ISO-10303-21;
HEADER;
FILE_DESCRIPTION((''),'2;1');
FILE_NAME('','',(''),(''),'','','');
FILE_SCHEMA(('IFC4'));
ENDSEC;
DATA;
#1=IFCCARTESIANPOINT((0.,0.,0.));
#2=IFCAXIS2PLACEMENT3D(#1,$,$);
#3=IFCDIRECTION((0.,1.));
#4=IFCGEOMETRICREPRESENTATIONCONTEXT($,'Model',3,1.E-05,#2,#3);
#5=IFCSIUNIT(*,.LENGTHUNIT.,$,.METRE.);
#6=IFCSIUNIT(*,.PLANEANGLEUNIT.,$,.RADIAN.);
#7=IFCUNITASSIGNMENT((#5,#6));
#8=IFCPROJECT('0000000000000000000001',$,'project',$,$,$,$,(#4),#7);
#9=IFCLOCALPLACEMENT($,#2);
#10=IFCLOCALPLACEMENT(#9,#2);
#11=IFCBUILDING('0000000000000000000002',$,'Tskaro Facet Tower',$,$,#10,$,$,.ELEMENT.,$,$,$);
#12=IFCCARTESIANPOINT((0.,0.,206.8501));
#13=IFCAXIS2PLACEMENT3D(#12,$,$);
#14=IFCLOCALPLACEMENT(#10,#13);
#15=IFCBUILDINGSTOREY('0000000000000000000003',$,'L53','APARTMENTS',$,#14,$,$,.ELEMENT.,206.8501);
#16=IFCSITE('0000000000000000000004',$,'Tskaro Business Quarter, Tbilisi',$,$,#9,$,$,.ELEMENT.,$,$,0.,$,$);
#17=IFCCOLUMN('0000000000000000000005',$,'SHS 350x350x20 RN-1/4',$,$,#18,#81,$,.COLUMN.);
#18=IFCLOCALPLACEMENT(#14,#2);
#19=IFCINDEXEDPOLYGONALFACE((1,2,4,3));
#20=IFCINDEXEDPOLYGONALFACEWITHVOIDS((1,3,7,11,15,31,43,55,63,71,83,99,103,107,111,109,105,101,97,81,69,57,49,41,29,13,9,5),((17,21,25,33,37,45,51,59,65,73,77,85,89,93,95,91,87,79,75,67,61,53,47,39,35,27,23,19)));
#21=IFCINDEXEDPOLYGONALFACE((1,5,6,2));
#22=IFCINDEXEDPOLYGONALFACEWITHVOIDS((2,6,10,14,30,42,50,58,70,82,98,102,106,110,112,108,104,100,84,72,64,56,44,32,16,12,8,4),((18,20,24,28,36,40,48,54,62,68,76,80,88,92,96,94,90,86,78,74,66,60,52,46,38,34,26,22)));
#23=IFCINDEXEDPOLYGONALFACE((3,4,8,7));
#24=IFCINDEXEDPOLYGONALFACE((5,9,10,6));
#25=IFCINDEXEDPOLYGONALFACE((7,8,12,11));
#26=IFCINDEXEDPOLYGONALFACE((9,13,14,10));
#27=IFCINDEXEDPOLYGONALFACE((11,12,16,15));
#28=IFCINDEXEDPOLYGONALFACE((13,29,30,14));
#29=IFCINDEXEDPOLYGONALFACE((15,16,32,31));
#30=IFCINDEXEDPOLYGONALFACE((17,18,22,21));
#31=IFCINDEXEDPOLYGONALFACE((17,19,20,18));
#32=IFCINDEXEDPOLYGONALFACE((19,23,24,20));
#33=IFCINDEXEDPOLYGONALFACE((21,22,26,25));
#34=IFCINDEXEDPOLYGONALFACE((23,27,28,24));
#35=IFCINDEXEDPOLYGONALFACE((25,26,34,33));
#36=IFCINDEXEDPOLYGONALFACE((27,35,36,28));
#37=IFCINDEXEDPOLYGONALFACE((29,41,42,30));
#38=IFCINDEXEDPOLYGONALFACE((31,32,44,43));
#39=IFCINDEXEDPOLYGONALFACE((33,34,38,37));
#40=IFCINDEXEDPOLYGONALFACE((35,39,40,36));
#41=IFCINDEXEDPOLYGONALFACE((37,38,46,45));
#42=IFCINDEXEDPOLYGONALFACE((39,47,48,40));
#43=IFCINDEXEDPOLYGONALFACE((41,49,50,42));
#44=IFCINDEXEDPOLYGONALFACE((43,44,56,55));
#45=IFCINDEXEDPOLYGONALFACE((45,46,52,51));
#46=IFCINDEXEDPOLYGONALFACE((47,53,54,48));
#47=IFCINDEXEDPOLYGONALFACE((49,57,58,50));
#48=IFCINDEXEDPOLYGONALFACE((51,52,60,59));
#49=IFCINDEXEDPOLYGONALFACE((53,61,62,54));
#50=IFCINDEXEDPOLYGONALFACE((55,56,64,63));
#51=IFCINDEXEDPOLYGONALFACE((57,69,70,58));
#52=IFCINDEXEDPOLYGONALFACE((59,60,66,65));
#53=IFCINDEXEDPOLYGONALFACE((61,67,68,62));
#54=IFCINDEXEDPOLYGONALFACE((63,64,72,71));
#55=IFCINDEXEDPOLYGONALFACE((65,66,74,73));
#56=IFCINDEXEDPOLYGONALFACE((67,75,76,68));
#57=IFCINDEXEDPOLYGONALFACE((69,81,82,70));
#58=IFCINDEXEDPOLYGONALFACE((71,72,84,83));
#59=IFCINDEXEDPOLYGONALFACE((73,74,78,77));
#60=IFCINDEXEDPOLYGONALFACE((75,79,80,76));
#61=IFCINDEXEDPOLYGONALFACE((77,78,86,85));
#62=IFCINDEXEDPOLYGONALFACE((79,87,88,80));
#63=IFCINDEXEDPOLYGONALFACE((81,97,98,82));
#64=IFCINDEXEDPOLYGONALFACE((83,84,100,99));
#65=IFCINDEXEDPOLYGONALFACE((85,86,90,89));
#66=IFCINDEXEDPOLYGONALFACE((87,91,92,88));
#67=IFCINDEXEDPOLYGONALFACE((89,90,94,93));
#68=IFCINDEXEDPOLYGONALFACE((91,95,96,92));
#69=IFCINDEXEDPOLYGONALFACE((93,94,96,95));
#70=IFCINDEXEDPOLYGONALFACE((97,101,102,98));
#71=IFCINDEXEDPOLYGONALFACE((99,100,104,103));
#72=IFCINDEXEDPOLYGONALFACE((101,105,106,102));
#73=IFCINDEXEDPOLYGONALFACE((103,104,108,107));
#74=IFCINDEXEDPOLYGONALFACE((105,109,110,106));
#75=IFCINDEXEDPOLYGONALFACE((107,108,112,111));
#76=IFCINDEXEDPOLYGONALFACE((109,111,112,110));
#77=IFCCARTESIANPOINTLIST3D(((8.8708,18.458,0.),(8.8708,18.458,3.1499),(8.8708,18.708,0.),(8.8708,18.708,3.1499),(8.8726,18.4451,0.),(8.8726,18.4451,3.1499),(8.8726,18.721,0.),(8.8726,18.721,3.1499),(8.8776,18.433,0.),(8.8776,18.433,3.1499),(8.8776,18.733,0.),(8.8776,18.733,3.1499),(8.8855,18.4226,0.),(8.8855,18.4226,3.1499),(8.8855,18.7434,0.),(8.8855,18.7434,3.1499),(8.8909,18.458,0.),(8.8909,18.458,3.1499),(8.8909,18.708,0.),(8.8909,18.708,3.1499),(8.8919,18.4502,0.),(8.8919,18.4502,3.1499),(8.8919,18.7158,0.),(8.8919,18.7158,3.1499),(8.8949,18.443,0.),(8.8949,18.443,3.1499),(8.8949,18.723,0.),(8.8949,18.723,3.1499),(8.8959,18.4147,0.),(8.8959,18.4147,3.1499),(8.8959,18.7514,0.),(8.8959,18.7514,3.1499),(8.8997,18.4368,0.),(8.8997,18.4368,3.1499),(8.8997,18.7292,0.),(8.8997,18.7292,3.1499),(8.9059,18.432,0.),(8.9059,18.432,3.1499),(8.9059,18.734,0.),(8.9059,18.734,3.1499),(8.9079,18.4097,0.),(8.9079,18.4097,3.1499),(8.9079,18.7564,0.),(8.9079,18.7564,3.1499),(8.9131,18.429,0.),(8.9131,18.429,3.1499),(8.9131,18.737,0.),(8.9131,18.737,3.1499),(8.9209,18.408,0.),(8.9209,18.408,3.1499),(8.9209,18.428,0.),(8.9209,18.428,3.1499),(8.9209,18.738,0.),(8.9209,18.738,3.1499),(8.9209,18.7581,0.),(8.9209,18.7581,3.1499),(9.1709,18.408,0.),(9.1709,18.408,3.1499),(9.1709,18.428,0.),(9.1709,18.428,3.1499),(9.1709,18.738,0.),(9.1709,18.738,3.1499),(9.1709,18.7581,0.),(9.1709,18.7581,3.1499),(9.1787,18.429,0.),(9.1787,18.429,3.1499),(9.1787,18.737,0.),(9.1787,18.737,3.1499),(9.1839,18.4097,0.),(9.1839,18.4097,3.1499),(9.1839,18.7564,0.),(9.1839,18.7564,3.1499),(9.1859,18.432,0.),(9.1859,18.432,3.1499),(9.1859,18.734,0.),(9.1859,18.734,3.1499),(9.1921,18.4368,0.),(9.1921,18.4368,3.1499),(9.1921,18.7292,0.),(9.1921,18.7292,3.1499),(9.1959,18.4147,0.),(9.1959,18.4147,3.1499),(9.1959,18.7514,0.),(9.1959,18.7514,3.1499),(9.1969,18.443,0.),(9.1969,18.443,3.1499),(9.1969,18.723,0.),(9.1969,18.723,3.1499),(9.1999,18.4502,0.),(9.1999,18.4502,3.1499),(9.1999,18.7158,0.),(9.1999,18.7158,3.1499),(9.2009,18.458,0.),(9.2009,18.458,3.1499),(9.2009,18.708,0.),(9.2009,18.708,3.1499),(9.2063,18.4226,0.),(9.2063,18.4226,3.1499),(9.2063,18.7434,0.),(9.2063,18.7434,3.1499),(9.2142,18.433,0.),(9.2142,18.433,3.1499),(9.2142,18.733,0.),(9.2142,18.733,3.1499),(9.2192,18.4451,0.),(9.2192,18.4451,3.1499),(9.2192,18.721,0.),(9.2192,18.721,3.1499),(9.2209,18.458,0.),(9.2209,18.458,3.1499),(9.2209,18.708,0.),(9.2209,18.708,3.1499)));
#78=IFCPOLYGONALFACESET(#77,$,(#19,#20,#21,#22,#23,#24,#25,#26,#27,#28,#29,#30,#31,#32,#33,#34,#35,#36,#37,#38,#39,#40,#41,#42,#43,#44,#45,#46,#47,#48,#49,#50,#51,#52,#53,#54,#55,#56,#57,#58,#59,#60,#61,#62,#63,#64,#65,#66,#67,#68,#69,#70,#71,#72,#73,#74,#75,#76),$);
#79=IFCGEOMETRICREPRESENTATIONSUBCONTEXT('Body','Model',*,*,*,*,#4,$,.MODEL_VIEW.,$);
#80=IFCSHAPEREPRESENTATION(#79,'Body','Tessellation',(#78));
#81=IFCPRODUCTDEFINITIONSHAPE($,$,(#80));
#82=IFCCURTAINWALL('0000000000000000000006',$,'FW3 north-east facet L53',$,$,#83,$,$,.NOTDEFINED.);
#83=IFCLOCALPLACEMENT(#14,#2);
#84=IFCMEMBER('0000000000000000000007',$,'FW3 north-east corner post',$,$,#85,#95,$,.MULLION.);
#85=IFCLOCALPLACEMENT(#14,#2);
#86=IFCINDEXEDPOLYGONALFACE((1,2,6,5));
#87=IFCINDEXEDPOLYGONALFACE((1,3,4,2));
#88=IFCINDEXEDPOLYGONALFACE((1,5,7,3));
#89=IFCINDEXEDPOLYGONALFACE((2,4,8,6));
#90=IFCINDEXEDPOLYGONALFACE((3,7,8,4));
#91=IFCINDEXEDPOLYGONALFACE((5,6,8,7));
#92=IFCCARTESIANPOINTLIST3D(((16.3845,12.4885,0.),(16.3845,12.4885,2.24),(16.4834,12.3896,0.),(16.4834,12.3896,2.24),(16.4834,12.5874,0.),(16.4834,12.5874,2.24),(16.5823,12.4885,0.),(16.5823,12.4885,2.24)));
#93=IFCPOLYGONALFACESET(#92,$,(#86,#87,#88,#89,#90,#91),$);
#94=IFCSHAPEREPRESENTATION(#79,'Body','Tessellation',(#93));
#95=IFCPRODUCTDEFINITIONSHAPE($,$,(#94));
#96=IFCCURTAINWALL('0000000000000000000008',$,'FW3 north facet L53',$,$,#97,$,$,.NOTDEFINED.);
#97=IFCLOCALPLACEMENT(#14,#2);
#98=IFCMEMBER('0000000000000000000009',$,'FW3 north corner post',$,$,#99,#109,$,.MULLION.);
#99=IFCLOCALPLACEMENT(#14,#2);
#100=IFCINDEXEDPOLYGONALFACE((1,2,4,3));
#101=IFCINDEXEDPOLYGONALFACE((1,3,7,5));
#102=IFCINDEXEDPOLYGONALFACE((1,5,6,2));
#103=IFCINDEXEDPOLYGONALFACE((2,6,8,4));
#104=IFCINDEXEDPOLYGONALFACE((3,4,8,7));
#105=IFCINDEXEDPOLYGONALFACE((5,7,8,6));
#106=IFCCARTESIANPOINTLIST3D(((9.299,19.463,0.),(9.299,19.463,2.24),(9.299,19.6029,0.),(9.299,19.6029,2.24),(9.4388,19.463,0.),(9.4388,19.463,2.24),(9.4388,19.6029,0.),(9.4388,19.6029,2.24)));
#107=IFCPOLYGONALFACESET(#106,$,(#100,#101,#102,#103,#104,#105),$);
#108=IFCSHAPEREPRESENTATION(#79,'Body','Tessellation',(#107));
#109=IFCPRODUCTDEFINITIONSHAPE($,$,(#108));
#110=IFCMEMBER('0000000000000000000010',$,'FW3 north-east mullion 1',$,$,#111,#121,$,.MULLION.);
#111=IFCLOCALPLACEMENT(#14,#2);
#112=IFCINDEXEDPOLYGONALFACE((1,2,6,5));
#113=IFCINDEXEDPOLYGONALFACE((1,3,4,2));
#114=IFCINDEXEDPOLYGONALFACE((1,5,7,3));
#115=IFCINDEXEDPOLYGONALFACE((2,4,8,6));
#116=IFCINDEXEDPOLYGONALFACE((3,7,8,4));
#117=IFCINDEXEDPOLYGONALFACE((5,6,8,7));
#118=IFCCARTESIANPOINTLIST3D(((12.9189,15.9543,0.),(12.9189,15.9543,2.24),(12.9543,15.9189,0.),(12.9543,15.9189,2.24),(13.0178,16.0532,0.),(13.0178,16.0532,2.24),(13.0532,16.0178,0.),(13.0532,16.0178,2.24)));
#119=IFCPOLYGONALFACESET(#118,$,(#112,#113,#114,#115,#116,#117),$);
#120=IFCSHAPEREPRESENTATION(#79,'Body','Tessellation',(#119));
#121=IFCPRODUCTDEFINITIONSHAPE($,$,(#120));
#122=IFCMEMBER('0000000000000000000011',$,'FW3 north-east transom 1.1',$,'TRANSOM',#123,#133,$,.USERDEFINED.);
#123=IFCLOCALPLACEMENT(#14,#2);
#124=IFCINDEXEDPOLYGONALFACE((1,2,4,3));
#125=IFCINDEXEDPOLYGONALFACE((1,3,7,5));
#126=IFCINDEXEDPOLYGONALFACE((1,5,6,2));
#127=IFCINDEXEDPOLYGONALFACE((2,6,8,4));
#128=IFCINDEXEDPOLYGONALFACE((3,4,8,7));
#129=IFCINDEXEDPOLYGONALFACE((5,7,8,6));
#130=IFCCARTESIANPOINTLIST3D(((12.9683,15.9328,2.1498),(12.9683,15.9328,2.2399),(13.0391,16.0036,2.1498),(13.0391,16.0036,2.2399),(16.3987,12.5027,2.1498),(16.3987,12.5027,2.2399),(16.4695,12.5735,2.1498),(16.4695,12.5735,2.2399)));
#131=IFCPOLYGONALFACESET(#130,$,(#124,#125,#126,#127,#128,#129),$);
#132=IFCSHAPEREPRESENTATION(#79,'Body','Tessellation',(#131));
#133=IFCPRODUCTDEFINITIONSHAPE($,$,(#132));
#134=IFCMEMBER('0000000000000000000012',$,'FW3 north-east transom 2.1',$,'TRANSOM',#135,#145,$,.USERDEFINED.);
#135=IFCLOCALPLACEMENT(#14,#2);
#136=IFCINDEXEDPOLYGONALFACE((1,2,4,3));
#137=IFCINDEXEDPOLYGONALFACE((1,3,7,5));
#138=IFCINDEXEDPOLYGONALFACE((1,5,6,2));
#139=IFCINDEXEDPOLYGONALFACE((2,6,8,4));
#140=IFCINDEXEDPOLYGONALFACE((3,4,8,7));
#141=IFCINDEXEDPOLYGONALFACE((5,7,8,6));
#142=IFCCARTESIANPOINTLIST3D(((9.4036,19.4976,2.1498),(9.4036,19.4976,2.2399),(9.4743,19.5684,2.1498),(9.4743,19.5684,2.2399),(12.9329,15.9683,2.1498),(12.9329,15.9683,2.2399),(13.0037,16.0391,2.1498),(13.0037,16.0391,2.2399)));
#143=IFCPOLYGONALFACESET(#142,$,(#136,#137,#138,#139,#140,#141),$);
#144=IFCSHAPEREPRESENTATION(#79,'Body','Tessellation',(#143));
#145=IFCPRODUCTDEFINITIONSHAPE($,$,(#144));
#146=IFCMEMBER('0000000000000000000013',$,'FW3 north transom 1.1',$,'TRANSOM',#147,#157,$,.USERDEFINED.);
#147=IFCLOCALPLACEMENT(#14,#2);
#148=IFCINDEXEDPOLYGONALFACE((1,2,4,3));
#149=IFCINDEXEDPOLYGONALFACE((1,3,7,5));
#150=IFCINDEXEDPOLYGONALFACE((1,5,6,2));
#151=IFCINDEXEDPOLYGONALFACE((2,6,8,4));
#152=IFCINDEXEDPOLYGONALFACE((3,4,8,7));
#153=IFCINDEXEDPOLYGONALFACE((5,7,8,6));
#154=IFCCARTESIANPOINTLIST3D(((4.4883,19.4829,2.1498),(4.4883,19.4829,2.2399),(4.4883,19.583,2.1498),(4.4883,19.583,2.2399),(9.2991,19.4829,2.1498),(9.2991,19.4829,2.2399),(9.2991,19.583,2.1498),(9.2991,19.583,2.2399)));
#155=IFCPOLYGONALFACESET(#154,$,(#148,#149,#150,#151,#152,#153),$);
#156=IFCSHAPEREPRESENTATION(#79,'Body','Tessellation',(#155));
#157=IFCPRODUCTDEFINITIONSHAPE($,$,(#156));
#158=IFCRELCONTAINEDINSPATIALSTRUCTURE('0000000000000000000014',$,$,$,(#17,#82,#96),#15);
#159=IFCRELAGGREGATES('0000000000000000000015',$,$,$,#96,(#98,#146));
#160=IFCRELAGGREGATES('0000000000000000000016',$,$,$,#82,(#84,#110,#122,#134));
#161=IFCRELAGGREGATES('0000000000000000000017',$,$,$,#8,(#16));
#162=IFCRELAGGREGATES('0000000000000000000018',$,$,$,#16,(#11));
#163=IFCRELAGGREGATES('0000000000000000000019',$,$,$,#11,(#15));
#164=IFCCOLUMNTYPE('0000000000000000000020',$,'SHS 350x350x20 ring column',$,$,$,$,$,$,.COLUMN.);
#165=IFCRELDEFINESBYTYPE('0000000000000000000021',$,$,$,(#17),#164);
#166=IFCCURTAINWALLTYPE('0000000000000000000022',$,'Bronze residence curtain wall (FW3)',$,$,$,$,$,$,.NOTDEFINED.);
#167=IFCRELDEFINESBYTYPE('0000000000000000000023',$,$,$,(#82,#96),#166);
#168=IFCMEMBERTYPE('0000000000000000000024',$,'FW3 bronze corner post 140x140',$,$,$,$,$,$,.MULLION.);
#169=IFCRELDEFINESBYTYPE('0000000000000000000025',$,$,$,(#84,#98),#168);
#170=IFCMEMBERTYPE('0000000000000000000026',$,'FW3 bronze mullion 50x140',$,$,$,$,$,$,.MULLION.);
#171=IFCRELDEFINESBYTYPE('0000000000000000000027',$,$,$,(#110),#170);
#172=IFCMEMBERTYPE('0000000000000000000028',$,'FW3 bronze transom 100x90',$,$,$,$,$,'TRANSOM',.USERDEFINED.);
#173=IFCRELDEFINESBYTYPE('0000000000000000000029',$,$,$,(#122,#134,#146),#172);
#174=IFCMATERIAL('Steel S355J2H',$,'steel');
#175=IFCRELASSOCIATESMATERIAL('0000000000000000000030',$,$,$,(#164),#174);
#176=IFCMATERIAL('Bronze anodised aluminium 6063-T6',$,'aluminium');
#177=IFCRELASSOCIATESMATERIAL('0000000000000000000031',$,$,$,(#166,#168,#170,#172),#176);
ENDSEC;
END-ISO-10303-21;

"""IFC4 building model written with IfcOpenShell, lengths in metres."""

from ifc_helpers import new_model, si_unit, direction, frame, origin, origin_2d, place, context, subcontext, project, spatial, rectangle, hollow_rectangle, extrude, material, material_profile, profile_set, type_object, element, aggregate, save


model = new_model("IFC4")

# Units and contexts
model_context = context("Model", 3, precision=1e-05, world=origin(), true_north=direction((0.0, 1.0)))
body_context = subcontext(model_context, "Body", "Model", "MODEL_VIEW")
ifc_project = project(units=[si_unit("LENGTHUNIT", "METRE"), si_unit("PLANEANGLEUNIT", "RADIAN")], contexts=[model_context])

# Site, building, storey
site_placement = place(None, origin())
site = spatial("IfcSite", under=ifc_project, at=site_placement, Name="Tskaro Business Quarter, Tbilisi", CompositionType="ELEMENT", RefElevation=0.0)
building_placement = place(site_placement, origin())
building = spatial("IfcBuilding", under=site, at=building_placement, Name="Tskaro Facet Tower", CompositionType="ELEMENT")
storey_placement = place(building_placement, frame((0.0, 0.0, 206.8501)))
storey = spatial("IfcBuildingStorey", under=building, at=storey_placement, Name="L53", Description="APARTMENTS", CompositionType="ELEMENT", Elevation=206.8501)

# Column
ifc_material_1 = material(Name="Steel S355J2H", Category="steel")
ifc_material_profile_1 = material_profile(ifc_material_1, hollow_rectangle(XDim=0.3501, YDim=0.3501, WallThickness=0.02, InnerFilletRadius=0.03, OuterFilletRadius=0.05, at=origin_2d()), Name="SHS 350x350x20")
ifc_profile_set_1 = profile_set([ifc_material_profile_1], Name="Steel S355J2H")
column_type_1 = type_object("IfcColumnType", Name="SHS 350x350x20 ring column", PredefinedType="COLUMN", material=ifc_profile_set_1)
for number, where, z_axis, x_axis, name in (
    (1, (9.0459, 18.583, 0.0), (0.0, 0.0, 1.0), (1.0, 0.0, 0.0), "SHS 350x350x20 RN-1/4"),
):
    element("IfcColumn", number, at=place(storey_placement, frame(where, z_axis=z_axis, x_axis=x_axis)), inside=storey, type_object=column_type_1, Name=name, PredefinedType="COLUMN", context=body_context, shape_type="SweptSolid", body=[
        extrude(hollow_rectangle(XDim=0.3501, YDim=0.3501, WallThickness=0.02, InnerFilletRadius=0.03, OuterFilletRadius=0.05, at=origin_2d()), origin(), (0.0, 0.0, 1.0), 3.1499),
    ])

# Curtain walls, members
ifc_material_2 = material(Name="Bronze anodised aluminium 6063-T6", Category="aluminium")
curtain_wall_type = type_object("IfcCurtainWallType", Name="Bronze residence curtain wall (FW3)", PredefinedType="NOTDEFINED", material=ifc_material_2)
curtain_wall_1_placement = place(storey_placement, origin())
curtain_wall_1 = element("IfcCurtainWall", 2, at=curtain_wall_1_placement, inside=storey, type_object=curtain_wall_type, Name="FW3 north-east facet L53", PredefinedType="NOTDEFINED")
ifc_material_profile_2 = material_profile(ifc_material_2, rectangle(XDim=0.1399, YDim=0.1399, at=origin_2d()), Name="Corner post 140x140")
ifc_profile_set_2 = profile_set([ifc_material_profile_2], Name="Bronze anodised aluminium 6063-T6")
member_type_1 = type_object("IfcMemberType", Name="FW3 bronze corner post 140x140", PredefinedType="MULLION", material=ifc_profile_set_2)
member_1_placement = place(storey_placement, frame((16.4834, 12.4885, 0.0), z_axis=(0.0, 0.0, 1.0), x_axis=(-0.707107, 0.707107, 0.0)))
member_1 = element("IfcMember", 3, at=member_1_placement, type_object=member_type_1, Name="FW3 north-east corner post", PredefinedType="MULLION", context=body_context, shape_type="SweptSolid", body=[
    extrude(rectangle(XDim=0.1399, YDim=0.1399, at=origin_2d()), origin(), (0.0, 0.0, 1.0), 2.24),
])
curtain_wall_2_placement = place(storey_placement, origin())
curtain_wall_2 = element("IfcCurtainWall", 4, at=curtain_wall_2_placement, inside=storey, type_object=curtain_wall_type, Name="FW3 north facet L53", PredefinedType="NOTDEFINED")
member_2_placement = place(storey_placement, frame((9.3689, 19.533, 0.0), z_axis=(0.0, 0.0, 1.0), x_axis=(-1.0, 0.0, 0.0)))
member_2 = element("IfcMember", 5, at=member_2_placement, type_object=member_type_1, Name="FW3 north corner post", PredefinedType="MULLION", context=body_context, shape_type="SweptSolid", body=[
    extrude(rectangle(XDim=0.1399, YDim=0.1399, at=origin_2d()), origin(), (0.0, 0.0, 1.0), 2.24),
])

# Members
ifc_material_profile_3 = material_profile(ifc_material_2, rectangle(XDim=0.05, YDim=0.1399, at=origin_2d()), Name="Mullion 50x140")
ifc_profile_set_3 = profile_set([ifc_material_profile_3], Name="Bronze anodised aluminium 6063-T6")
member_type_2 = type_object("IfcMemberType", Name="FW3 bronze mullion 50x140", PredefinedType="MULLION", material=ifc_profile_set_3)
member_3_placement = place(storey_placement, frame((12.9861, 15.9861, 0.0), z_axis=(0.0, 0.0, 1.0), x_axis=(-0.707107, 0.707107, 0.0)))
member_3 = element("IfcMember", 6, at=member_3_placement, type_object=member_type_2, Name="FW3 north-east mullion 1", PredefinedType="MULLION", context=body_context, shape_type="SweptSolid", body=[
    extrude(rectangle(XDim=0.05, YDim=0.1399, at=origin_2d()), origin(), (0.0, 0.0, 1.0), 2.24),
])
ifc_material_profile_4 = material_profile(ifc_material_2, rectangle(XDim=0.1001, YDim=0.0901, at=origin_2d()), Name="Transom 100x90")
ifc_profile_set_4 = profile_set([ifc_material_profile_4], Name="Bronze anodised aluminium 6063-T6")
member_type_3 = type_object("IfcMemberType", Name="FW3 bronze transom 100x90", ElementType="TRANSOM", PredefinedType="USERDEFINED", material=ifc_profile_set_4)
member_4_placement = place(storey_placement, frame((16.4341, 12.5381, 2.1948), z_axis=(-0.707132, 0.707082, 0.0), x_axis=(-0.707082, -0.707132, 0.0)))
member_4 = element("IfcMember", 7, at=member_4_placement, type_object=member_type_3, Name="FW3 north-east transom 1.1", ObjectType="TRANSOM", PredefinedType="USERDEFINED", context=body_context, shape_type="SweptSolid", body=[
    extrude(rectangle(XDim=0.1001, YDim=0.0901, at=origin_2d()), origin(), (0.0, 0.0, 1.0), 4.8511),
])
member_5_placement = place(storey_placement, frame((12.9683, 16.0037, 2.1948), z_axis=(-0.707107, 0.707107, 0.0), x_axis=(-0.707107, -0.707107, 0.0)))
member_5 = element("IfcMember", 8, at=member_5_placement, type_object=member_type_3, Name="FW3 north-east transom 2.1", ObjectType="TRANSOM", PredefinedType="USERDEFINED", context=body_context, shape_type="SweptSolid", body=[
    extrude(rectangle(XDim=0.1001, YDim=0.0901, at=origin_2d()), origin(), (0.0, 0.0, 1.0), 4.9912),
])
member_6_placement = place(storey_placement, frame((9.2991, 19.533, 2.1948), z_axis=(-1.0, 0.0, 0.0), x_axis=(0.0, -1.0, 0.0)))
member_6 = element("IfcMember", 9, at=member_6_placement, type_object=member_type_3, Name="FW3 north transom 1.1", ObjectType="TRANSOM", PredefinedType="USERDEFINED", context=body_context, shape_type="SweptSolid", body=[
    extrude(rectangle(XDim=0.1001, YDim=0.0901, at=origin_2d()), origin(), (0.0, 0.0, 1.0), 4.8108),
])
aggregate(curtain_wall_2, [member_2, member_6])

aggregate(curtain_wall_1, [member_1, member_3, member_4, member_5])

save(model, "model.ifc")
